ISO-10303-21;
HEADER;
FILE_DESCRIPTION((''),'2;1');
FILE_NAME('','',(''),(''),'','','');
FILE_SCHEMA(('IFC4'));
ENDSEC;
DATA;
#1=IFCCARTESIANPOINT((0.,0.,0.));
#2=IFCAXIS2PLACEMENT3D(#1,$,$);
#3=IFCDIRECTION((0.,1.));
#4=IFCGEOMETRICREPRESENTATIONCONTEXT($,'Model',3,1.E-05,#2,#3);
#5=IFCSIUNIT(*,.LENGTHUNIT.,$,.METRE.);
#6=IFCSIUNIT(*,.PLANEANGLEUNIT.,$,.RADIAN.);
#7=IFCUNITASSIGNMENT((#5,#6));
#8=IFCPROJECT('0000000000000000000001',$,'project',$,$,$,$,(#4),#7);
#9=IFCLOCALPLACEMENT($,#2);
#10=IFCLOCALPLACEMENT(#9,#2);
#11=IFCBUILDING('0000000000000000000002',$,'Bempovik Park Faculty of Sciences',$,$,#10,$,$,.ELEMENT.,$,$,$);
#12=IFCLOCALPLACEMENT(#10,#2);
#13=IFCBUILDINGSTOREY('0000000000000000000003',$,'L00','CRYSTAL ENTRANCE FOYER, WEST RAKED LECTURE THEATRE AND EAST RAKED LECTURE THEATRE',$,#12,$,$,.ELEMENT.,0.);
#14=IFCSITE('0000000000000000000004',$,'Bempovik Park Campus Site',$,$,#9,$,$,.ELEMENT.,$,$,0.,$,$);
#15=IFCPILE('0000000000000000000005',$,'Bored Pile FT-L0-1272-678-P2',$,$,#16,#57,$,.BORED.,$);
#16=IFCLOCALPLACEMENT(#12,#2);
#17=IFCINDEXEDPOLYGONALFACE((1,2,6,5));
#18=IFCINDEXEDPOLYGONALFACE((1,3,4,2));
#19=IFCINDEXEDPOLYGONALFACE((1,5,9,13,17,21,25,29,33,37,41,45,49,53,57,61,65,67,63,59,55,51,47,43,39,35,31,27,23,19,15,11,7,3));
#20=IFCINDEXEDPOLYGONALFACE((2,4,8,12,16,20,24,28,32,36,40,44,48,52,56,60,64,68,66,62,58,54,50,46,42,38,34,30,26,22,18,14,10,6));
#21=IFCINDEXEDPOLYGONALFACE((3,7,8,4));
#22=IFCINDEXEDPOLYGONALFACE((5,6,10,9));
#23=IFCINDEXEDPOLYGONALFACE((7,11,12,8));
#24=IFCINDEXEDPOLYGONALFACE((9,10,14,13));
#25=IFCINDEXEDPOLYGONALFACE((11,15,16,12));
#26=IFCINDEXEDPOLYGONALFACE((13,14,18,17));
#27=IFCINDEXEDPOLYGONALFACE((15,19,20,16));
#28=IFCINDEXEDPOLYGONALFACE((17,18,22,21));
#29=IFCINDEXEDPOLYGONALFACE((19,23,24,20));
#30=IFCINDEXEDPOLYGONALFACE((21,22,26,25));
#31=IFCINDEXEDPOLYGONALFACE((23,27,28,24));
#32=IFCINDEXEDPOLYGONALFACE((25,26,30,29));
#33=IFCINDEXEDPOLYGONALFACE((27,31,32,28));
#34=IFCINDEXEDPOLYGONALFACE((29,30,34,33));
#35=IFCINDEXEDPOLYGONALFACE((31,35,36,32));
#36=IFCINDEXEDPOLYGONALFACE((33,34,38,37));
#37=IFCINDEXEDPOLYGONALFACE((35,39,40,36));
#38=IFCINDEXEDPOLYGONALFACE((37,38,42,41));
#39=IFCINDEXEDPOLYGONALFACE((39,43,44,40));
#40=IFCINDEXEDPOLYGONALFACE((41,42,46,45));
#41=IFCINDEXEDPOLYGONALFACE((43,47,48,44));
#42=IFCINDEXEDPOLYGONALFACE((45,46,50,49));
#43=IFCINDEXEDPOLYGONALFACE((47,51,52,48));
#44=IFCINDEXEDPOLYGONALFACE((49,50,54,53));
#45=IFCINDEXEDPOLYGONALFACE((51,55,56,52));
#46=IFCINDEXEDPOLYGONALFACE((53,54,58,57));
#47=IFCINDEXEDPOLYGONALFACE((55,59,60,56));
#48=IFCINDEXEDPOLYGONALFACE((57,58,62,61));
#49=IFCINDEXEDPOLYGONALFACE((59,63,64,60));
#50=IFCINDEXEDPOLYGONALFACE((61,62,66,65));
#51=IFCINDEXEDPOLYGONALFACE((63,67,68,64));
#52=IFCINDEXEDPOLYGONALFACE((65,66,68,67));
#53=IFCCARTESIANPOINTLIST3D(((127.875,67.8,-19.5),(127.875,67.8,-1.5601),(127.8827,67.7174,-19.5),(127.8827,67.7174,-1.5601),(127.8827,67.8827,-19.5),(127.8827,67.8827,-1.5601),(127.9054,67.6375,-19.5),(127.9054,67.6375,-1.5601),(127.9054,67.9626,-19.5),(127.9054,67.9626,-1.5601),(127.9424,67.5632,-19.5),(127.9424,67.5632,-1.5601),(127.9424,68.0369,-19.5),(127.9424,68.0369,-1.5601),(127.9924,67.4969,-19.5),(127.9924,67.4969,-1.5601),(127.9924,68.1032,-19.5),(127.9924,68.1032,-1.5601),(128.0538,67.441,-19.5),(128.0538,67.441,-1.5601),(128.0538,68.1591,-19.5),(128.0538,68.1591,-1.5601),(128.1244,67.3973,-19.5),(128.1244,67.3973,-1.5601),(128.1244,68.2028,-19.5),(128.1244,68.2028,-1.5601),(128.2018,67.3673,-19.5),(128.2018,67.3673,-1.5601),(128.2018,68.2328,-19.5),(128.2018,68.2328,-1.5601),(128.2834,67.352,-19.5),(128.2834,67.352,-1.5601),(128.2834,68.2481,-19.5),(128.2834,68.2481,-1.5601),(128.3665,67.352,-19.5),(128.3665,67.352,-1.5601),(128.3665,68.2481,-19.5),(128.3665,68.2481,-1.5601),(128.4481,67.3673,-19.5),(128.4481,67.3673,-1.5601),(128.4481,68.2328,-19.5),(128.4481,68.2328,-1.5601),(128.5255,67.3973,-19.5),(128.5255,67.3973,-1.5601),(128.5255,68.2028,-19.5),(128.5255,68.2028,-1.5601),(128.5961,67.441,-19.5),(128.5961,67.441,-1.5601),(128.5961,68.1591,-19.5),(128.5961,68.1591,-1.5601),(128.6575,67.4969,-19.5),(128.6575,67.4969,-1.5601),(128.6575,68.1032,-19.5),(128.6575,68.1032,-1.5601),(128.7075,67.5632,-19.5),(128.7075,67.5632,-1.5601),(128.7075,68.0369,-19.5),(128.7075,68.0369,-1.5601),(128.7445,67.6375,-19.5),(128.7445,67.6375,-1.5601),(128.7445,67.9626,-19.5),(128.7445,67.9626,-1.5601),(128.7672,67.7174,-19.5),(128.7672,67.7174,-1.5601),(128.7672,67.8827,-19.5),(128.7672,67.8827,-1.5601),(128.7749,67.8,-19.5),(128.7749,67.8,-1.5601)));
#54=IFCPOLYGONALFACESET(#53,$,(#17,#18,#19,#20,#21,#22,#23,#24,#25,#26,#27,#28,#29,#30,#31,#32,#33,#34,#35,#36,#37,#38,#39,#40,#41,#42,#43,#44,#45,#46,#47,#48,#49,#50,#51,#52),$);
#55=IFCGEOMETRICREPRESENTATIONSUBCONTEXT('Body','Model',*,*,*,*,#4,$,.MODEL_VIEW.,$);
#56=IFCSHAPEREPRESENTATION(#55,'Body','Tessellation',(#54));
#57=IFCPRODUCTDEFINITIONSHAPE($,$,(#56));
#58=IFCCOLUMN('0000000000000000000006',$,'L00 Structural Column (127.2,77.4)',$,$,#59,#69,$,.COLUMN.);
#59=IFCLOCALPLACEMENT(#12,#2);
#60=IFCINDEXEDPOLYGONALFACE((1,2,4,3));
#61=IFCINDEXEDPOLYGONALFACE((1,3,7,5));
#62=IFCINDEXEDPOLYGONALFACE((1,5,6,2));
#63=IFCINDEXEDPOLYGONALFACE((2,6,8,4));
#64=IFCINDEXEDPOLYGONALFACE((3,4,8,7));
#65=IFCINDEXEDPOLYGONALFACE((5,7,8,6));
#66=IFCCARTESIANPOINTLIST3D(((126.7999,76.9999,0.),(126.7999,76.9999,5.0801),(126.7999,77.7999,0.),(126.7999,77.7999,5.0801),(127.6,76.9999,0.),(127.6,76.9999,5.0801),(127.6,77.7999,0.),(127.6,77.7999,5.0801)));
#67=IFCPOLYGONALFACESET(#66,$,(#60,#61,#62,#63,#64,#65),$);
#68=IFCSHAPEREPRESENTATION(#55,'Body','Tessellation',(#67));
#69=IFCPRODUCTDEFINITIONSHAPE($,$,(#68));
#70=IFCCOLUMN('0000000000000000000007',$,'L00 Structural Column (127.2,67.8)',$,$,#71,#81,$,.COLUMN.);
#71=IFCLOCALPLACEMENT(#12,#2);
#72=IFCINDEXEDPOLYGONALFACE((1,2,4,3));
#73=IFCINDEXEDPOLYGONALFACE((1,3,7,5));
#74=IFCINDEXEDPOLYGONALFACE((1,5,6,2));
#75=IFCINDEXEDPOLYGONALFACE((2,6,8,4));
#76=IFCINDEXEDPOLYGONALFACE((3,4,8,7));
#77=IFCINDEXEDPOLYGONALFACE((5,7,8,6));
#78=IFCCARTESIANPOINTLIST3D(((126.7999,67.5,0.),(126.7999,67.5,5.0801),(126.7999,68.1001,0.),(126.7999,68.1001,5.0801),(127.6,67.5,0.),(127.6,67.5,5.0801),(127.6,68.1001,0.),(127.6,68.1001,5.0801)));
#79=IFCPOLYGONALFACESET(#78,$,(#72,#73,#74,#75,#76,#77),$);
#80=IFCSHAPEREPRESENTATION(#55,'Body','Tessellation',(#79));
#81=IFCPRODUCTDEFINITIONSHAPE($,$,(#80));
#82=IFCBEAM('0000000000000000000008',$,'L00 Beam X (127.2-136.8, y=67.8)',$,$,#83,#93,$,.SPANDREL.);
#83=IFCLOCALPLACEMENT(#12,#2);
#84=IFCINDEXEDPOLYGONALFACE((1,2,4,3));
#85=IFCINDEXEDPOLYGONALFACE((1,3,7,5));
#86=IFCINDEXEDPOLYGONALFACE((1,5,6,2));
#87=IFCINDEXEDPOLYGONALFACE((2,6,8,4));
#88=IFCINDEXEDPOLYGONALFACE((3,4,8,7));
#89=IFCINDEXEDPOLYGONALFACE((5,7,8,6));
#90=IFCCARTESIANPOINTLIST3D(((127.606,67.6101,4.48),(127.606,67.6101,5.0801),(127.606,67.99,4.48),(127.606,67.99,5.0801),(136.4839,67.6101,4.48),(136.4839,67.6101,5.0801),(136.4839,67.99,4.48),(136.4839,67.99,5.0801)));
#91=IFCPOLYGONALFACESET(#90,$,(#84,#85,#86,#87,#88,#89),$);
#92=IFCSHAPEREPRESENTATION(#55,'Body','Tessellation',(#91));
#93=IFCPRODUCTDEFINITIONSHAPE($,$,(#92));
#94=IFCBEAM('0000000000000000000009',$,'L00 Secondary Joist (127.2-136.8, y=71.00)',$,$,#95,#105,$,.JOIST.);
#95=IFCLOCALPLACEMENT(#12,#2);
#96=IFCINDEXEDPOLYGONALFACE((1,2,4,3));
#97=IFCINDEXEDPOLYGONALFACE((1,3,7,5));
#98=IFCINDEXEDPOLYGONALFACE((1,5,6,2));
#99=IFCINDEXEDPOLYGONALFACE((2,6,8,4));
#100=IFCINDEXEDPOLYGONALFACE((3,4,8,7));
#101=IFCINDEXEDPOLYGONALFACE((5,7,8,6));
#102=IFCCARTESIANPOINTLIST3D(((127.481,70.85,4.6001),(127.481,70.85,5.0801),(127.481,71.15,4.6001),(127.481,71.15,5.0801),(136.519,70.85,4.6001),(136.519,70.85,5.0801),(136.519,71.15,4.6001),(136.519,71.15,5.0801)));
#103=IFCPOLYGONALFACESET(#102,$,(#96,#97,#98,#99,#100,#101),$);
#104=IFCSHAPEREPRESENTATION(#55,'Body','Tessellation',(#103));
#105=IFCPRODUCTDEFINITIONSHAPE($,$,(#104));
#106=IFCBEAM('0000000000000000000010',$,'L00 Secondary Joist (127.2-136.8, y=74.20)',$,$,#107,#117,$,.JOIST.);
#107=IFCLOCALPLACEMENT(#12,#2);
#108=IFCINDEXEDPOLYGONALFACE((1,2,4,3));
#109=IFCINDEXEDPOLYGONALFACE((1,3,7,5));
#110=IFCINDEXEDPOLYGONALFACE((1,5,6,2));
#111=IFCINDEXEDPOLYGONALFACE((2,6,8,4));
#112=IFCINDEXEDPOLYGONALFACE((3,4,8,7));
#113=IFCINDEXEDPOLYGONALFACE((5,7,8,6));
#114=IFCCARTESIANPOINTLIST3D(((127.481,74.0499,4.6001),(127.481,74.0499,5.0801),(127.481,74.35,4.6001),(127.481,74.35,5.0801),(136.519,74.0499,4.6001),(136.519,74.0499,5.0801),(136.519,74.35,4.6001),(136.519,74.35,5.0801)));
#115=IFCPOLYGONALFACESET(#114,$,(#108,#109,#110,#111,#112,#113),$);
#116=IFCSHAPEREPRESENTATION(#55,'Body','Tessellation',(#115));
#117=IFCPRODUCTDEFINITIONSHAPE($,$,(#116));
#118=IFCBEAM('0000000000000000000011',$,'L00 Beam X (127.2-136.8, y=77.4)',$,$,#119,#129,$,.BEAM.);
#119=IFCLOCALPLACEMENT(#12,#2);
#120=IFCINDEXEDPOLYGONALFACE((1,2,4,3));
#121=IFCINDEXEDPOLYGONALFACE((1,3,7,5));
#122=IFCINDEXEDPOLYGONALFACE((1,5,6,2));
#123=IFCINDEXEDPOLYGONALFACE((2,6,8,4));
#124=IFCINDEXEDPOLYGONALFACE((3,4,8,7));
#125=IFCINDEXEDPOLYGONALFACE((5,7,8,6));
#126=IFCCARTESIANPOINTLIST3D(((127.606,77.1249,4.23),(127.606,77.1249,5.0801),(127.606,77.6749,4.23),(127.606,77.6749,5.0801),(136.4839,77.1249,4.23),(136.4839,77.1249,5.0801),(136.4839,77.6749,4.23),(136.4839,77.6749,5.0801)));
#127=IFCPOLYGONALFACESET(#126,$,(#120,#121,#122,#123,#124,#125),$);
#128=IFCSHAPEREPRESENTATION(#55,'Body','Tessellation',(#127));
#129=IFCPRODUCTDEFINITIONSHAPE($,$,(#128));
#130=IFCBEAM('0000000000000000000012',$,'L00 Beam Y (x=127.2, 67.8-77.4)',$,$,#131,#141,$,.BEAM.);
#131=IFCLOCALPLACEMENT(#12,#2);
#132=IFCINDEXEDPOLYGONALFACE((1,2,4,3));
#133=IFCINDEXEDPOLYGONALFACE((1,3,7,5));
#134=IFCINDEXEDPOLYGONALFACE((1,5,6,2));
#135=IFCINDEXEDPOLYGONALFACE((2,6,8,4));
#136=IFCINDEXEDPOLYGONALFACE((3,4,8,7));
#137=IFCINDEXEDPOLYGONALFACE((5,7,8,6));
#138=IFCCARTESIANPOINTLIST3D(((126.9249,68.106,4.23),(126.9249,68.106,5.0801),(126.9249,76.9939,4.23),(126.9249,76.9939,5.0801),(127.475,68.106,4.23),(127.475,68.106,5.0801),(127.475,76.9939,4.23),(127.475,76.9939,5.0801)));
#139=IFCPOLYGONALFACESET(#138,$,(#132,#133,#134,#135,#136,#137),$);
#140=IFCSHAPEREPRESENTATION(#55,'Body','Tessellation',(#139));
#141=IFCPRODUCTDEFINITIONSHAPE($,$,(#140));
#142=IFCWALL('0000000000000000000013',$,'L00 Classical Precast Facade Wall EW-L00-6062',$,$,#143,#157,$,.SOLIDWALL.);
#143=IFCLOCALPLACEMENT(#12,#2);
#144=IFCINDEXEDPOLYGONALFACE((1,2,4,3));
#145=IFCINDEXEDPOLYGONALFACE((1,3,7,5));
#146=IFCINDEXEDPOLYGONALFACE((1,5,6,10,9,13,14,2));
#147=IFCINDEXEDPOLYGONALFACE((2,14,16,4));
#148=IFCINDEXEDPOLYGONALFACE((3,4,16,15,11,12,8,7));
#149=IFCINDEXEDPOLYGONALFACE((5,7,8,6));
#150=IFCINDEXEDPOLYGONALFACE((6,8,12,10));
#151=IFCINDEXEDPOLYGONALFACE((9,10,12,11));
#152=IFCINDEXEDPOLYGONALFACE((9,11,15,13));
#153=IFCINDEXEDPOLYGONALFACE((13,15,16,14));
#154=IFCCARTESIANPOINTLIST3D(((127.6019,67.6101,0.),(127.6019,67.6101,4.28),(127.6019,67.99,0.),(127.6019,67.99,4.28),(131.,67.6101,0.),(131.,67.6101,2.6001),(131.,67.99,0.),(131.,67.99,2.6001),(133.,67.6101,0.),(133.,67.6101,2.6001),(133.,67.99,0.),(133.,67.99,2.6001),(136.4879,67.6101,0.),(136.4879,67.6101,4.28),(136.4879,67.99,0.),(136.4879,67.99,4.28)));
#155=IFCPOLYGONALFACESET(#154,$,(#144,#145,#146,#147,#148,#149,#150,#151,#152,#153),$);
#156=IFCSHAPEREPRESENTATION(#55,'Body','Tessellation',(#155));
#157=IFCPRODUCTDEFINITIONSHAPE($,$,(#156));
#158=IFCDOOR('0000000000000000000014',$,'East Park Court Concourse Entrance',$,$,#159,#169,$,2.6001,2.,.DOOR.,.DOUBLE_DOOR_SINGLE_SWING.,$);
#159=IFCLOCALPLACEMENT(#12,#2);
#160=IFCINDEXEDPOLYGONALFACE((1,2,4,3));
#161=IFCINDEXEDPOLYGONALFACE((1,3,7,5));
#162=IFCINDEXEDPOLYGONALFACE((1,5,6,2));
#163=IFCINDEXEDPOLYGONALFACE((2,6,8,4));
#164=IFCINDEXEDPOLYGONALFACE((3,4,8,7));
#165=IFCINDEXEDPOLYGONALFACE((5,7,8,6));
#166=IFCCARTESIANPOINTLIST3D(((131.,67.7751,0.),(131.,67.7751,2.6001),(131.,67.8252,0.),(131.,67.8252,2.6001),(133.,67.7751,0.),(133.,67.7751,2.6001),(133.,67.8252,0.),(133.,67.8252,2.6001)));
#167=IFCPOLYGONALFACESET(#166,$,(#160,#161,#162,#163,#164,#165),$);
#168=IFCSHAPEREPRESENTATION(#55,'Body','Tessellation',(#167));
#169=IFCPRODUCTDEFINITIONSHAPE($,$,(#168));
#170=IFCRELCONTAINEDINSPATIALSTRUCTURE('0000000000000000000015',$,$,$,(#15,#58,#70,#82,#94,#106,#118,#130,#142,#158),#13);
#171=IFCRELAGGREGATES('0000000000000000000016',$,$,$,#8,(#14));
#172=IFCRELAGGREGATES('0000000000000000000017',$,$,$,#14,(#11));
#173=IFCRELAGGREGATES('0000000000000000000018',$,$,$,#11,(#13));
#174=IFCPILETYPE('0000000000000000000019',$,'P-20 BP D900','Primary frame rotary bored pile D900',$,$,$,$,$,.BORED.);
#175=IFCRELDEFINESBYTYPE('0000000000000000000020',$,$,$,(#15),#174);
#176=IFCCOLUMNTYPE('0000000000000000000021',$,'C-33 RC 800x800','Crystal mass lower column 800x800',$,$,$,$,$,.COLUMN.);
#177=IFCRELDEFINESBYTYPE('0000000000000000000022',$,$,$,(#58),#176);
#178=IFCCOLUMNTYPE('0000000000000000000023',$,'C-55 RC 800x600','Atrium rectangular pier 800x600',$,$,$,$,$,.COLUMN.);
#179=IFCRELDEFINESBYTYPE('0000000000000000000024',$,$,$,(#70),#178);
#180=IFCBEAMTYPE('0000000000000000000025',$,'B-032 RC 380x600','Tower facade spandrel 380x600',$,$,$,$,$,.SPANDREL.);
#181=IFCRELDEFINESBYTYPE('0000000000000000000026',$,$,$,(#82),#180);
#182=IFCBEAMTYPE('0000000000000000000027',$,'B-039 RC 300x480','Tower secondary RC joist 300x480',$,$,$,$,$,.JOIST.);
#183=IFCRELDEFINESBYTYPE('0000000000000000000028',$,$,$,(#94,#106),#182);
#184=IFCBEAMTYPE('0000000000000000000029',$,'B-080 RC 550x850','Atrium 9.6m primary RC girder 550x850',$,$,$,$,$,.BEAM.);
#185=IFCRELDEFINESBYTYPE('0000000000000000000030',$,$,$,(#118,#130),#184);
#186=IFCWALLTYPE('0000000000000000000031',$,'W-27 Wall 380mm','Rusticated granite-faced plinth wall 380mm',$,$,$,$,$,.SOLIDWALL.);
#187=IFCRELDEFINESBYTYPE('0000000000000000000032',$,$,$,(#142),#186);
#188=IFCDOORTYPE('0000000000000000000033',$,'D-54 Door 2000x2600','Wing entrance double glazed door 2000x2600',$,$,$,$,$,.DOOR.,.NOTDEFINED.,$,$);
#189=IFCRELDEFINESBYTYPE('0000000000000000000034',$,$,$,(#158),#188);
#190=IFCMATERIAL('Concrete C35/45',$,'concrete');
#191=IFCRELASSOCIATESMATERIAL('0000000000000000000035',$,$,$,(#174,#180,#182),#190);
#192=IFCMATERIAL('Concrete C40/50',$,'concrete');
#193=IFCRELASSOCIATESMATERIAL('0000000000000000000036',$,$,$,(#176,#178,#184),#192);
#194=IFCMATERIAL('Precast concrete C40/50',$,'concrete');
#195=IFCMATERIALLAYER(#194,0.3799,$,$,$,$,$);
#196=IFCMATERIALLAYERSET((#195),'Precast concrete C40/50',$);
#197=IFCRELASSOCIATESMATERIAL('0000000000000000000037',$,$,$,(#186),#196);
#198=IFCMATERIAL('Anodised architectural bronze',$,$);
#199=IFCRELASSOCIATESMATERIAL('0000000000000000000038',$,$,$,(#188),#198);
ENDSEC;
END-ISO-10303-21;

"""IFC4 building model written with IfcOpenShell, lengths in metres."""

from ifc_helpers import new_model, si_unit, direction, frame, frame_2d, origin, origin_2d, place, context, subcontext, project, spatial, rectangle, circle, extrude, material, layer, layer_set, material_profile, profile_set, type_object, element, fill, save


model = new_model("IFC4")

# Units and contexts
model_context = context("Model", 3, precision=1e-05, world=origin(), true_north=direction((0.0, 1.0)))
body_context = subcontext(model_context, "Body", "Model", "MODEL_VIEW")
ifc_project = project(units=[si_unit("LENGTHUNIT", "METRE"), si_unit("PLANEANGLEUNIT", "RADIAN")], contexts=[model_context])

# Site, building, storey
site_placement = place(None, origin())
site = spatial("IfcSite", under=ifc_project, at=site_placement, Name="Bempovik Park Campus Site", CompositionType="ELEMENT", RefElevation=0.0)
building_placement = place(site_placement, origin())
building = spatial("IfcBuilding", under=site, at=building_placement, Name="Bempovik Park Faculty of Sciences", CompositionType="ELEMENT")
storey_placement = place(building_placement, origin())
storey = spatial("IfcBuildingStorey", under=building, at=storey_placement, Name="L00", Description="CRYSTAL ENTRANCE FOYER, WEST RAKED LECTURE THEATRE AND EAST RAKED LECTURE THEATRE", CompositionType="ELEMENT", Elevation=0.0)

# Shared definitions
ifc_material_1 = material(Name="Concrete C35/45", Category="concrete")

# Pile
ifc_material_profile_1 = material_profile(ifc_material_1, circle(Radius=0.45, at=origin_2d()), Name="BP D900")
ifc_profile_set_1 = profile_set([ifc_material_profile_1], Name="Concrete C35/45")
pile_type_1 = type_object("IfcPileType", Name="P-20 BP D900", Description="Primary frame rotary bored pile D900", PredefinedType="BORED", material=ifc_profile_set_1)
for number, where, z_axis, x_axis, name in (
    (1, (128.325, 67.8, -1.5601), (0.0, 0.0, -1.0), (1.0, 0.0, 0.0), "Bored Pile FT-L0-1272-678-P2"),
):
    element("IfcPile", number, at=place(storey_placement, frame(where, z_axis=z_axis, x_axis=x_axis)), inside=storey, type_object=pile_type_1, Name=name, PredefinedType="BORED", context=body_context, shape_type="SweptSolid", body=[
        extrude(circle(Radius=0.45, at=origin_2d()), origin(), (0.0, 0.0, 1.0), 17.9399),
    ])

# Columns
ifc_material_2 = material(Name="Concrete C40/50", Category="concrete")
ifc_material_profile_2 = material_profile(ifc_material_2, rectangle(XDim=0.8, YDim=0.8, at=origin_2d()), Name="RC 800x800")
ifc_profile_set_2 = profile_set([ifc_material_profile_2], Name="Concrete C40/50")
column_type_1 = type_object("IfcColumnType", Name="C-33 RC 800x800", Description="Crystal mass lower column 800x800", PredefinedType="COLUMN", material=ifc_profile_set_2)
column_1_placement = place(storey_placement, frame((127.2, 77.3999, 0.0), z_axis=(0.0, 0.0, 1.0), x_axis=(1.0, 0.0, 0.0)))
element("IfcColumn", 2, at=column_1_placement, inside=storey, type_object=column_type_1, Name="L00 Structural Column (127.2,77.4)", PredefinedType="COLUMN", context=body_context, shape_type="SweptSolid", body=[
    extrude(rectangle(XDim=0.8, YDim=0.8, at=origin_2d()), origin(), (0.0, 0.0, 1.0), 5.0801),
])
ifc_material_profile_3 = material_profile(ifc_material_2, rectangle(XDim=0.8, YDim=0.6001, at=origin_2d()), Name="RC 800x600")
ifc_profile_set_3 = profile_set([ifc_material_profile_3], Name="Concrete C40/50")
column_type_2 = type_object("IfcColumnType", Name="C-55 RC 800x600", Description="Atrium rectangular pier 800x600", PredefinedType="COLUMN", material=ifc_profile_set_3)
column_2_placement = place(storey_placement, frame((127.2, 67.8, 0.0), z_axis=(0.0, 0.0, 1.0), x_axis=(1.0, 0.0, 0.0)))
element("IfcColumn", 3, at=column_2_placement, inside=storey, type_object=column_type_2, Name="L00 Structural Column (127.2,67.8)", PredefinedType="COLUMN", context=body_context, shape_type="SweptSolid", body=[
    extrude(rectangle(XDim=0.8, YDim=0.6001, at=origin_2d()), origin(), (0.0, 0.0, 1.0), 5.0801),
])

# Beams
ifc_material_profile_4 = material_profile(ifc_material_1, rectangle(XDim=0.3799, YDim=0.6001, at=origin_2d()), Name="RC 380x600")
ifc_profile_set_4 = profile_set([ifc_material_profile_4], Name="Concrete C35/45")
beam_type_1 = type_object("IfcBeamType", Name="B-032 RC 380x600", Description="Tower facade spandrel 380x600", PredefinedType="SPANDREL", material=ifc_profile_set_4)
beam_1_placement = place(storey_placement, frame((127.606, 67.8, 4.78), z_axis=(1.0, 0.0, 0.0), x_axis=(0.0, 1.0, 0.0)))
element("IfcBeam", 4, at=beam_1_placement, inside=storey, type_object=beam_type_1, Name="L00 Beam X (127.2-136.8, y=67.8)", PredefinedType="SPANDREL", context=body_context, shape_type="SweptSolid", body=[
    extrude(rectangle(XDim=0.3799, YDim=0.6001, at=origin_2d()), origin(), (0.0, 0.0, 1.0), 8.8779),
])
ifc_material_profile_5 = material_profile(ifc_material_1, rectangle(XDim=0.3, YDim=0.48, at=origin_2d()), Name="RC 300x480")
ifc_profile_set_5 = profile_set([ifc_material_profile_5], Name="Concrete C35/45")
beam_type_2 = type_object("IfcBeamType", Name="B-039 RC 300x480", Description="Tower secondary RC joist 300x480", PredefinedType="JOIST", material=ifc_profile_set_5)
for number, where, z_axis, x_axis, name in (
    (5, (127.481, 71.0, 4.8401), (1.0, 0.0, 0.0), (0.0, 1.0, 0.0), "L00 Secondary Joist (127.2-136.8, y=71.00)"),
    (6, (127.481, 74.2, 4.8401), (1.0, 0.0, 0.0), (0.0, 1.0, 0.0), "L00 Secondary Joist (127.2-136.8, y=74.20)"),
):
    element("IfcBeam", number, at=place(storey_placement, frame(where, z_axis=z_axis, x_axis=x_axis)), inside=storey, type_object=beam_type_2, Name=name, PredefinedType="JOIST", context=body_context, shape_type="SweptSolid", body=[
        extrude(rectangle(XDim=0.3, YDim=0.48, at=origin_2d()), origin(), (0.0, 0.0, 1.0), 9.0381),
    ])
ifc_material_profile_6 = material_profile(ifc_material_2, rectangle(XDim=0.55, YDim=0.8501, at=origin_2d()), Name="RC 550x850")
ifc_profile_set_6 = profile_set([ifc_material_profile_6], Name="Concrete C40/50")
beam_type_3 = type_object("IfcBeamType", Name="B-080 RC 550x850", Description="Atrium 9.6m primary RC girder 550x850", PredefinedType="BEAM", material=ifc_profile_set_6)
beam_2_placement = place(storey_placement, frame((127.606, 77.3999, 4.655), z_axis=(1.0, 0.0, 0.0), x_axis=(0.0, 1.0, 0.0)))
element("IfcBeam", 7, at=beam_2_placement, inside=storey, type_object=beam_type_3, Name="L00 Beam X (127.2-136.8, y=77.4)", PredefinedType="BEAM", context=body_context, shape_type="SweptSolid", body=[
    extrude(rectangle(XDim=0.55, YDim=0.8501, at=origin_2d()), origin(), (0.0, 0.0, 1.0), 8.8779),
])
beam_3_placement = place(storey_placement, frame((127.2, 68.106, 4.655), z_axis=(0.0, 1.0, 0.0), x_axis=(-1.0, 0.0, 0.0)))
element("IfcBeam", 8, at=beam_3_placement, inside=storey, type_object=beam_type_3, Name="L00 Beam Y (x=127.2, 67.8-77.4)", PredefinedType="BEAM", context=body_context, shape_type="SweptSolid", body=[
    extrude(rectangle(XDim=0.55, YDim=0.8501, at=origin_2d()), origin(), (0.0, 0.0, 1.0), 8.8879),
])

# Wall, opening, door
ifc_material_3 = material(Name="Precast concrete C40/50", Category="concrete")
ifc_layer_1 = layer(ifc_material_3, 0.3799)
ifc_layer_set_1 = layer_set([ifc_layer_1], Name="Precast concrete C40/50")
wall_type_1 = type_object("IfcWallType", Name="W-27 Wall 380mm", Description="Rusticated granite-faced plinth wall 380mm", PredefinedType="SOLIDWALL", material=ifc_layer_set_1)
wall_1_placement = place(storey_placement, frame((127.6021, 67.8, 0.0), z_axis=(0.0, 0.0, 1.0), x_axis=(1.0, 0.0, 0.0)))
wall_1 = element("IfcWall", 9, at=wall_1_placement, inside=storey, type_object=wall_type_1, Name="L00 Classical Precast Facade Wall EW-L00-6062", PredefinedType="SOLIDWALL", context=body_context, shape_type="SweptSolid", body=[
    extrude(rectangle(XDim=8.886, YDim=0.3799, at=frame_2d((4.4429, 0.0))), origin(), (0.0, 0.0, 1.0), 4.28),
])
opening_placement = place(wall_1_placement, frame((3.3979, 0.0, 0.0)))
opening = element("IfcOpeningElement", 10, at=opening_placement, cuts=wall_1, PredefinedType="OPENING", context=body_context, shape_type="SweptSolid", body=[
    extrude(rectangle(XDim=2.0, YDim=2.6001, at=frame_2d((1.0, 1.3))), frame((0.0, 0.2, 0.0), z_axis=(0.0, -1.0, 0.0), x_axis=(1.0, 0.0, 0.0)), (0.0, 0.0, 1.0), 0.3999),
])
ifc_material_4 = material(Name="Anodised architectural bronze")
door_type = type_object("IfcDoorType", Name="D-54 Door 2000x2600", Description="Wing entrance double glazed door 2000x2600", OperationType="NOTDEFINED", PredefinedType="DOOR", material=ifc_material_4)
door_placement = place(opening_placement, frame((2.0, 0.0, 0.0), z_axis=(0.0, 0.0, 1.0), x_axis=(-1.0, 0.0, 0.0)))
door = element("IfcDoor", 11, at=door_placement, inside=storey, type_object=door_type, Name="East Park Court Concourse Entrance", OperationType="DOUBLE_DOOR_SINGLE_SWING", OverallHeight=2.6001, OverallWidth=2.0, PredefinedType="DOOR", context=body_context, shape_type="SweptSolid", body=[
    extrude(rectangle(XDim=2.0, YDim=2.6001, at=frame_2d((1.0, 1.3))), frame((0.0, 0.0249, 0.0), z_axis=(0.0, -1.0, 0.0), x_axis=(1.0, 0.0, 0.0)), (0.0, 0.0, 1.0), 0.05),
])
fill(opening, door)

save(model, "model.ifc")
